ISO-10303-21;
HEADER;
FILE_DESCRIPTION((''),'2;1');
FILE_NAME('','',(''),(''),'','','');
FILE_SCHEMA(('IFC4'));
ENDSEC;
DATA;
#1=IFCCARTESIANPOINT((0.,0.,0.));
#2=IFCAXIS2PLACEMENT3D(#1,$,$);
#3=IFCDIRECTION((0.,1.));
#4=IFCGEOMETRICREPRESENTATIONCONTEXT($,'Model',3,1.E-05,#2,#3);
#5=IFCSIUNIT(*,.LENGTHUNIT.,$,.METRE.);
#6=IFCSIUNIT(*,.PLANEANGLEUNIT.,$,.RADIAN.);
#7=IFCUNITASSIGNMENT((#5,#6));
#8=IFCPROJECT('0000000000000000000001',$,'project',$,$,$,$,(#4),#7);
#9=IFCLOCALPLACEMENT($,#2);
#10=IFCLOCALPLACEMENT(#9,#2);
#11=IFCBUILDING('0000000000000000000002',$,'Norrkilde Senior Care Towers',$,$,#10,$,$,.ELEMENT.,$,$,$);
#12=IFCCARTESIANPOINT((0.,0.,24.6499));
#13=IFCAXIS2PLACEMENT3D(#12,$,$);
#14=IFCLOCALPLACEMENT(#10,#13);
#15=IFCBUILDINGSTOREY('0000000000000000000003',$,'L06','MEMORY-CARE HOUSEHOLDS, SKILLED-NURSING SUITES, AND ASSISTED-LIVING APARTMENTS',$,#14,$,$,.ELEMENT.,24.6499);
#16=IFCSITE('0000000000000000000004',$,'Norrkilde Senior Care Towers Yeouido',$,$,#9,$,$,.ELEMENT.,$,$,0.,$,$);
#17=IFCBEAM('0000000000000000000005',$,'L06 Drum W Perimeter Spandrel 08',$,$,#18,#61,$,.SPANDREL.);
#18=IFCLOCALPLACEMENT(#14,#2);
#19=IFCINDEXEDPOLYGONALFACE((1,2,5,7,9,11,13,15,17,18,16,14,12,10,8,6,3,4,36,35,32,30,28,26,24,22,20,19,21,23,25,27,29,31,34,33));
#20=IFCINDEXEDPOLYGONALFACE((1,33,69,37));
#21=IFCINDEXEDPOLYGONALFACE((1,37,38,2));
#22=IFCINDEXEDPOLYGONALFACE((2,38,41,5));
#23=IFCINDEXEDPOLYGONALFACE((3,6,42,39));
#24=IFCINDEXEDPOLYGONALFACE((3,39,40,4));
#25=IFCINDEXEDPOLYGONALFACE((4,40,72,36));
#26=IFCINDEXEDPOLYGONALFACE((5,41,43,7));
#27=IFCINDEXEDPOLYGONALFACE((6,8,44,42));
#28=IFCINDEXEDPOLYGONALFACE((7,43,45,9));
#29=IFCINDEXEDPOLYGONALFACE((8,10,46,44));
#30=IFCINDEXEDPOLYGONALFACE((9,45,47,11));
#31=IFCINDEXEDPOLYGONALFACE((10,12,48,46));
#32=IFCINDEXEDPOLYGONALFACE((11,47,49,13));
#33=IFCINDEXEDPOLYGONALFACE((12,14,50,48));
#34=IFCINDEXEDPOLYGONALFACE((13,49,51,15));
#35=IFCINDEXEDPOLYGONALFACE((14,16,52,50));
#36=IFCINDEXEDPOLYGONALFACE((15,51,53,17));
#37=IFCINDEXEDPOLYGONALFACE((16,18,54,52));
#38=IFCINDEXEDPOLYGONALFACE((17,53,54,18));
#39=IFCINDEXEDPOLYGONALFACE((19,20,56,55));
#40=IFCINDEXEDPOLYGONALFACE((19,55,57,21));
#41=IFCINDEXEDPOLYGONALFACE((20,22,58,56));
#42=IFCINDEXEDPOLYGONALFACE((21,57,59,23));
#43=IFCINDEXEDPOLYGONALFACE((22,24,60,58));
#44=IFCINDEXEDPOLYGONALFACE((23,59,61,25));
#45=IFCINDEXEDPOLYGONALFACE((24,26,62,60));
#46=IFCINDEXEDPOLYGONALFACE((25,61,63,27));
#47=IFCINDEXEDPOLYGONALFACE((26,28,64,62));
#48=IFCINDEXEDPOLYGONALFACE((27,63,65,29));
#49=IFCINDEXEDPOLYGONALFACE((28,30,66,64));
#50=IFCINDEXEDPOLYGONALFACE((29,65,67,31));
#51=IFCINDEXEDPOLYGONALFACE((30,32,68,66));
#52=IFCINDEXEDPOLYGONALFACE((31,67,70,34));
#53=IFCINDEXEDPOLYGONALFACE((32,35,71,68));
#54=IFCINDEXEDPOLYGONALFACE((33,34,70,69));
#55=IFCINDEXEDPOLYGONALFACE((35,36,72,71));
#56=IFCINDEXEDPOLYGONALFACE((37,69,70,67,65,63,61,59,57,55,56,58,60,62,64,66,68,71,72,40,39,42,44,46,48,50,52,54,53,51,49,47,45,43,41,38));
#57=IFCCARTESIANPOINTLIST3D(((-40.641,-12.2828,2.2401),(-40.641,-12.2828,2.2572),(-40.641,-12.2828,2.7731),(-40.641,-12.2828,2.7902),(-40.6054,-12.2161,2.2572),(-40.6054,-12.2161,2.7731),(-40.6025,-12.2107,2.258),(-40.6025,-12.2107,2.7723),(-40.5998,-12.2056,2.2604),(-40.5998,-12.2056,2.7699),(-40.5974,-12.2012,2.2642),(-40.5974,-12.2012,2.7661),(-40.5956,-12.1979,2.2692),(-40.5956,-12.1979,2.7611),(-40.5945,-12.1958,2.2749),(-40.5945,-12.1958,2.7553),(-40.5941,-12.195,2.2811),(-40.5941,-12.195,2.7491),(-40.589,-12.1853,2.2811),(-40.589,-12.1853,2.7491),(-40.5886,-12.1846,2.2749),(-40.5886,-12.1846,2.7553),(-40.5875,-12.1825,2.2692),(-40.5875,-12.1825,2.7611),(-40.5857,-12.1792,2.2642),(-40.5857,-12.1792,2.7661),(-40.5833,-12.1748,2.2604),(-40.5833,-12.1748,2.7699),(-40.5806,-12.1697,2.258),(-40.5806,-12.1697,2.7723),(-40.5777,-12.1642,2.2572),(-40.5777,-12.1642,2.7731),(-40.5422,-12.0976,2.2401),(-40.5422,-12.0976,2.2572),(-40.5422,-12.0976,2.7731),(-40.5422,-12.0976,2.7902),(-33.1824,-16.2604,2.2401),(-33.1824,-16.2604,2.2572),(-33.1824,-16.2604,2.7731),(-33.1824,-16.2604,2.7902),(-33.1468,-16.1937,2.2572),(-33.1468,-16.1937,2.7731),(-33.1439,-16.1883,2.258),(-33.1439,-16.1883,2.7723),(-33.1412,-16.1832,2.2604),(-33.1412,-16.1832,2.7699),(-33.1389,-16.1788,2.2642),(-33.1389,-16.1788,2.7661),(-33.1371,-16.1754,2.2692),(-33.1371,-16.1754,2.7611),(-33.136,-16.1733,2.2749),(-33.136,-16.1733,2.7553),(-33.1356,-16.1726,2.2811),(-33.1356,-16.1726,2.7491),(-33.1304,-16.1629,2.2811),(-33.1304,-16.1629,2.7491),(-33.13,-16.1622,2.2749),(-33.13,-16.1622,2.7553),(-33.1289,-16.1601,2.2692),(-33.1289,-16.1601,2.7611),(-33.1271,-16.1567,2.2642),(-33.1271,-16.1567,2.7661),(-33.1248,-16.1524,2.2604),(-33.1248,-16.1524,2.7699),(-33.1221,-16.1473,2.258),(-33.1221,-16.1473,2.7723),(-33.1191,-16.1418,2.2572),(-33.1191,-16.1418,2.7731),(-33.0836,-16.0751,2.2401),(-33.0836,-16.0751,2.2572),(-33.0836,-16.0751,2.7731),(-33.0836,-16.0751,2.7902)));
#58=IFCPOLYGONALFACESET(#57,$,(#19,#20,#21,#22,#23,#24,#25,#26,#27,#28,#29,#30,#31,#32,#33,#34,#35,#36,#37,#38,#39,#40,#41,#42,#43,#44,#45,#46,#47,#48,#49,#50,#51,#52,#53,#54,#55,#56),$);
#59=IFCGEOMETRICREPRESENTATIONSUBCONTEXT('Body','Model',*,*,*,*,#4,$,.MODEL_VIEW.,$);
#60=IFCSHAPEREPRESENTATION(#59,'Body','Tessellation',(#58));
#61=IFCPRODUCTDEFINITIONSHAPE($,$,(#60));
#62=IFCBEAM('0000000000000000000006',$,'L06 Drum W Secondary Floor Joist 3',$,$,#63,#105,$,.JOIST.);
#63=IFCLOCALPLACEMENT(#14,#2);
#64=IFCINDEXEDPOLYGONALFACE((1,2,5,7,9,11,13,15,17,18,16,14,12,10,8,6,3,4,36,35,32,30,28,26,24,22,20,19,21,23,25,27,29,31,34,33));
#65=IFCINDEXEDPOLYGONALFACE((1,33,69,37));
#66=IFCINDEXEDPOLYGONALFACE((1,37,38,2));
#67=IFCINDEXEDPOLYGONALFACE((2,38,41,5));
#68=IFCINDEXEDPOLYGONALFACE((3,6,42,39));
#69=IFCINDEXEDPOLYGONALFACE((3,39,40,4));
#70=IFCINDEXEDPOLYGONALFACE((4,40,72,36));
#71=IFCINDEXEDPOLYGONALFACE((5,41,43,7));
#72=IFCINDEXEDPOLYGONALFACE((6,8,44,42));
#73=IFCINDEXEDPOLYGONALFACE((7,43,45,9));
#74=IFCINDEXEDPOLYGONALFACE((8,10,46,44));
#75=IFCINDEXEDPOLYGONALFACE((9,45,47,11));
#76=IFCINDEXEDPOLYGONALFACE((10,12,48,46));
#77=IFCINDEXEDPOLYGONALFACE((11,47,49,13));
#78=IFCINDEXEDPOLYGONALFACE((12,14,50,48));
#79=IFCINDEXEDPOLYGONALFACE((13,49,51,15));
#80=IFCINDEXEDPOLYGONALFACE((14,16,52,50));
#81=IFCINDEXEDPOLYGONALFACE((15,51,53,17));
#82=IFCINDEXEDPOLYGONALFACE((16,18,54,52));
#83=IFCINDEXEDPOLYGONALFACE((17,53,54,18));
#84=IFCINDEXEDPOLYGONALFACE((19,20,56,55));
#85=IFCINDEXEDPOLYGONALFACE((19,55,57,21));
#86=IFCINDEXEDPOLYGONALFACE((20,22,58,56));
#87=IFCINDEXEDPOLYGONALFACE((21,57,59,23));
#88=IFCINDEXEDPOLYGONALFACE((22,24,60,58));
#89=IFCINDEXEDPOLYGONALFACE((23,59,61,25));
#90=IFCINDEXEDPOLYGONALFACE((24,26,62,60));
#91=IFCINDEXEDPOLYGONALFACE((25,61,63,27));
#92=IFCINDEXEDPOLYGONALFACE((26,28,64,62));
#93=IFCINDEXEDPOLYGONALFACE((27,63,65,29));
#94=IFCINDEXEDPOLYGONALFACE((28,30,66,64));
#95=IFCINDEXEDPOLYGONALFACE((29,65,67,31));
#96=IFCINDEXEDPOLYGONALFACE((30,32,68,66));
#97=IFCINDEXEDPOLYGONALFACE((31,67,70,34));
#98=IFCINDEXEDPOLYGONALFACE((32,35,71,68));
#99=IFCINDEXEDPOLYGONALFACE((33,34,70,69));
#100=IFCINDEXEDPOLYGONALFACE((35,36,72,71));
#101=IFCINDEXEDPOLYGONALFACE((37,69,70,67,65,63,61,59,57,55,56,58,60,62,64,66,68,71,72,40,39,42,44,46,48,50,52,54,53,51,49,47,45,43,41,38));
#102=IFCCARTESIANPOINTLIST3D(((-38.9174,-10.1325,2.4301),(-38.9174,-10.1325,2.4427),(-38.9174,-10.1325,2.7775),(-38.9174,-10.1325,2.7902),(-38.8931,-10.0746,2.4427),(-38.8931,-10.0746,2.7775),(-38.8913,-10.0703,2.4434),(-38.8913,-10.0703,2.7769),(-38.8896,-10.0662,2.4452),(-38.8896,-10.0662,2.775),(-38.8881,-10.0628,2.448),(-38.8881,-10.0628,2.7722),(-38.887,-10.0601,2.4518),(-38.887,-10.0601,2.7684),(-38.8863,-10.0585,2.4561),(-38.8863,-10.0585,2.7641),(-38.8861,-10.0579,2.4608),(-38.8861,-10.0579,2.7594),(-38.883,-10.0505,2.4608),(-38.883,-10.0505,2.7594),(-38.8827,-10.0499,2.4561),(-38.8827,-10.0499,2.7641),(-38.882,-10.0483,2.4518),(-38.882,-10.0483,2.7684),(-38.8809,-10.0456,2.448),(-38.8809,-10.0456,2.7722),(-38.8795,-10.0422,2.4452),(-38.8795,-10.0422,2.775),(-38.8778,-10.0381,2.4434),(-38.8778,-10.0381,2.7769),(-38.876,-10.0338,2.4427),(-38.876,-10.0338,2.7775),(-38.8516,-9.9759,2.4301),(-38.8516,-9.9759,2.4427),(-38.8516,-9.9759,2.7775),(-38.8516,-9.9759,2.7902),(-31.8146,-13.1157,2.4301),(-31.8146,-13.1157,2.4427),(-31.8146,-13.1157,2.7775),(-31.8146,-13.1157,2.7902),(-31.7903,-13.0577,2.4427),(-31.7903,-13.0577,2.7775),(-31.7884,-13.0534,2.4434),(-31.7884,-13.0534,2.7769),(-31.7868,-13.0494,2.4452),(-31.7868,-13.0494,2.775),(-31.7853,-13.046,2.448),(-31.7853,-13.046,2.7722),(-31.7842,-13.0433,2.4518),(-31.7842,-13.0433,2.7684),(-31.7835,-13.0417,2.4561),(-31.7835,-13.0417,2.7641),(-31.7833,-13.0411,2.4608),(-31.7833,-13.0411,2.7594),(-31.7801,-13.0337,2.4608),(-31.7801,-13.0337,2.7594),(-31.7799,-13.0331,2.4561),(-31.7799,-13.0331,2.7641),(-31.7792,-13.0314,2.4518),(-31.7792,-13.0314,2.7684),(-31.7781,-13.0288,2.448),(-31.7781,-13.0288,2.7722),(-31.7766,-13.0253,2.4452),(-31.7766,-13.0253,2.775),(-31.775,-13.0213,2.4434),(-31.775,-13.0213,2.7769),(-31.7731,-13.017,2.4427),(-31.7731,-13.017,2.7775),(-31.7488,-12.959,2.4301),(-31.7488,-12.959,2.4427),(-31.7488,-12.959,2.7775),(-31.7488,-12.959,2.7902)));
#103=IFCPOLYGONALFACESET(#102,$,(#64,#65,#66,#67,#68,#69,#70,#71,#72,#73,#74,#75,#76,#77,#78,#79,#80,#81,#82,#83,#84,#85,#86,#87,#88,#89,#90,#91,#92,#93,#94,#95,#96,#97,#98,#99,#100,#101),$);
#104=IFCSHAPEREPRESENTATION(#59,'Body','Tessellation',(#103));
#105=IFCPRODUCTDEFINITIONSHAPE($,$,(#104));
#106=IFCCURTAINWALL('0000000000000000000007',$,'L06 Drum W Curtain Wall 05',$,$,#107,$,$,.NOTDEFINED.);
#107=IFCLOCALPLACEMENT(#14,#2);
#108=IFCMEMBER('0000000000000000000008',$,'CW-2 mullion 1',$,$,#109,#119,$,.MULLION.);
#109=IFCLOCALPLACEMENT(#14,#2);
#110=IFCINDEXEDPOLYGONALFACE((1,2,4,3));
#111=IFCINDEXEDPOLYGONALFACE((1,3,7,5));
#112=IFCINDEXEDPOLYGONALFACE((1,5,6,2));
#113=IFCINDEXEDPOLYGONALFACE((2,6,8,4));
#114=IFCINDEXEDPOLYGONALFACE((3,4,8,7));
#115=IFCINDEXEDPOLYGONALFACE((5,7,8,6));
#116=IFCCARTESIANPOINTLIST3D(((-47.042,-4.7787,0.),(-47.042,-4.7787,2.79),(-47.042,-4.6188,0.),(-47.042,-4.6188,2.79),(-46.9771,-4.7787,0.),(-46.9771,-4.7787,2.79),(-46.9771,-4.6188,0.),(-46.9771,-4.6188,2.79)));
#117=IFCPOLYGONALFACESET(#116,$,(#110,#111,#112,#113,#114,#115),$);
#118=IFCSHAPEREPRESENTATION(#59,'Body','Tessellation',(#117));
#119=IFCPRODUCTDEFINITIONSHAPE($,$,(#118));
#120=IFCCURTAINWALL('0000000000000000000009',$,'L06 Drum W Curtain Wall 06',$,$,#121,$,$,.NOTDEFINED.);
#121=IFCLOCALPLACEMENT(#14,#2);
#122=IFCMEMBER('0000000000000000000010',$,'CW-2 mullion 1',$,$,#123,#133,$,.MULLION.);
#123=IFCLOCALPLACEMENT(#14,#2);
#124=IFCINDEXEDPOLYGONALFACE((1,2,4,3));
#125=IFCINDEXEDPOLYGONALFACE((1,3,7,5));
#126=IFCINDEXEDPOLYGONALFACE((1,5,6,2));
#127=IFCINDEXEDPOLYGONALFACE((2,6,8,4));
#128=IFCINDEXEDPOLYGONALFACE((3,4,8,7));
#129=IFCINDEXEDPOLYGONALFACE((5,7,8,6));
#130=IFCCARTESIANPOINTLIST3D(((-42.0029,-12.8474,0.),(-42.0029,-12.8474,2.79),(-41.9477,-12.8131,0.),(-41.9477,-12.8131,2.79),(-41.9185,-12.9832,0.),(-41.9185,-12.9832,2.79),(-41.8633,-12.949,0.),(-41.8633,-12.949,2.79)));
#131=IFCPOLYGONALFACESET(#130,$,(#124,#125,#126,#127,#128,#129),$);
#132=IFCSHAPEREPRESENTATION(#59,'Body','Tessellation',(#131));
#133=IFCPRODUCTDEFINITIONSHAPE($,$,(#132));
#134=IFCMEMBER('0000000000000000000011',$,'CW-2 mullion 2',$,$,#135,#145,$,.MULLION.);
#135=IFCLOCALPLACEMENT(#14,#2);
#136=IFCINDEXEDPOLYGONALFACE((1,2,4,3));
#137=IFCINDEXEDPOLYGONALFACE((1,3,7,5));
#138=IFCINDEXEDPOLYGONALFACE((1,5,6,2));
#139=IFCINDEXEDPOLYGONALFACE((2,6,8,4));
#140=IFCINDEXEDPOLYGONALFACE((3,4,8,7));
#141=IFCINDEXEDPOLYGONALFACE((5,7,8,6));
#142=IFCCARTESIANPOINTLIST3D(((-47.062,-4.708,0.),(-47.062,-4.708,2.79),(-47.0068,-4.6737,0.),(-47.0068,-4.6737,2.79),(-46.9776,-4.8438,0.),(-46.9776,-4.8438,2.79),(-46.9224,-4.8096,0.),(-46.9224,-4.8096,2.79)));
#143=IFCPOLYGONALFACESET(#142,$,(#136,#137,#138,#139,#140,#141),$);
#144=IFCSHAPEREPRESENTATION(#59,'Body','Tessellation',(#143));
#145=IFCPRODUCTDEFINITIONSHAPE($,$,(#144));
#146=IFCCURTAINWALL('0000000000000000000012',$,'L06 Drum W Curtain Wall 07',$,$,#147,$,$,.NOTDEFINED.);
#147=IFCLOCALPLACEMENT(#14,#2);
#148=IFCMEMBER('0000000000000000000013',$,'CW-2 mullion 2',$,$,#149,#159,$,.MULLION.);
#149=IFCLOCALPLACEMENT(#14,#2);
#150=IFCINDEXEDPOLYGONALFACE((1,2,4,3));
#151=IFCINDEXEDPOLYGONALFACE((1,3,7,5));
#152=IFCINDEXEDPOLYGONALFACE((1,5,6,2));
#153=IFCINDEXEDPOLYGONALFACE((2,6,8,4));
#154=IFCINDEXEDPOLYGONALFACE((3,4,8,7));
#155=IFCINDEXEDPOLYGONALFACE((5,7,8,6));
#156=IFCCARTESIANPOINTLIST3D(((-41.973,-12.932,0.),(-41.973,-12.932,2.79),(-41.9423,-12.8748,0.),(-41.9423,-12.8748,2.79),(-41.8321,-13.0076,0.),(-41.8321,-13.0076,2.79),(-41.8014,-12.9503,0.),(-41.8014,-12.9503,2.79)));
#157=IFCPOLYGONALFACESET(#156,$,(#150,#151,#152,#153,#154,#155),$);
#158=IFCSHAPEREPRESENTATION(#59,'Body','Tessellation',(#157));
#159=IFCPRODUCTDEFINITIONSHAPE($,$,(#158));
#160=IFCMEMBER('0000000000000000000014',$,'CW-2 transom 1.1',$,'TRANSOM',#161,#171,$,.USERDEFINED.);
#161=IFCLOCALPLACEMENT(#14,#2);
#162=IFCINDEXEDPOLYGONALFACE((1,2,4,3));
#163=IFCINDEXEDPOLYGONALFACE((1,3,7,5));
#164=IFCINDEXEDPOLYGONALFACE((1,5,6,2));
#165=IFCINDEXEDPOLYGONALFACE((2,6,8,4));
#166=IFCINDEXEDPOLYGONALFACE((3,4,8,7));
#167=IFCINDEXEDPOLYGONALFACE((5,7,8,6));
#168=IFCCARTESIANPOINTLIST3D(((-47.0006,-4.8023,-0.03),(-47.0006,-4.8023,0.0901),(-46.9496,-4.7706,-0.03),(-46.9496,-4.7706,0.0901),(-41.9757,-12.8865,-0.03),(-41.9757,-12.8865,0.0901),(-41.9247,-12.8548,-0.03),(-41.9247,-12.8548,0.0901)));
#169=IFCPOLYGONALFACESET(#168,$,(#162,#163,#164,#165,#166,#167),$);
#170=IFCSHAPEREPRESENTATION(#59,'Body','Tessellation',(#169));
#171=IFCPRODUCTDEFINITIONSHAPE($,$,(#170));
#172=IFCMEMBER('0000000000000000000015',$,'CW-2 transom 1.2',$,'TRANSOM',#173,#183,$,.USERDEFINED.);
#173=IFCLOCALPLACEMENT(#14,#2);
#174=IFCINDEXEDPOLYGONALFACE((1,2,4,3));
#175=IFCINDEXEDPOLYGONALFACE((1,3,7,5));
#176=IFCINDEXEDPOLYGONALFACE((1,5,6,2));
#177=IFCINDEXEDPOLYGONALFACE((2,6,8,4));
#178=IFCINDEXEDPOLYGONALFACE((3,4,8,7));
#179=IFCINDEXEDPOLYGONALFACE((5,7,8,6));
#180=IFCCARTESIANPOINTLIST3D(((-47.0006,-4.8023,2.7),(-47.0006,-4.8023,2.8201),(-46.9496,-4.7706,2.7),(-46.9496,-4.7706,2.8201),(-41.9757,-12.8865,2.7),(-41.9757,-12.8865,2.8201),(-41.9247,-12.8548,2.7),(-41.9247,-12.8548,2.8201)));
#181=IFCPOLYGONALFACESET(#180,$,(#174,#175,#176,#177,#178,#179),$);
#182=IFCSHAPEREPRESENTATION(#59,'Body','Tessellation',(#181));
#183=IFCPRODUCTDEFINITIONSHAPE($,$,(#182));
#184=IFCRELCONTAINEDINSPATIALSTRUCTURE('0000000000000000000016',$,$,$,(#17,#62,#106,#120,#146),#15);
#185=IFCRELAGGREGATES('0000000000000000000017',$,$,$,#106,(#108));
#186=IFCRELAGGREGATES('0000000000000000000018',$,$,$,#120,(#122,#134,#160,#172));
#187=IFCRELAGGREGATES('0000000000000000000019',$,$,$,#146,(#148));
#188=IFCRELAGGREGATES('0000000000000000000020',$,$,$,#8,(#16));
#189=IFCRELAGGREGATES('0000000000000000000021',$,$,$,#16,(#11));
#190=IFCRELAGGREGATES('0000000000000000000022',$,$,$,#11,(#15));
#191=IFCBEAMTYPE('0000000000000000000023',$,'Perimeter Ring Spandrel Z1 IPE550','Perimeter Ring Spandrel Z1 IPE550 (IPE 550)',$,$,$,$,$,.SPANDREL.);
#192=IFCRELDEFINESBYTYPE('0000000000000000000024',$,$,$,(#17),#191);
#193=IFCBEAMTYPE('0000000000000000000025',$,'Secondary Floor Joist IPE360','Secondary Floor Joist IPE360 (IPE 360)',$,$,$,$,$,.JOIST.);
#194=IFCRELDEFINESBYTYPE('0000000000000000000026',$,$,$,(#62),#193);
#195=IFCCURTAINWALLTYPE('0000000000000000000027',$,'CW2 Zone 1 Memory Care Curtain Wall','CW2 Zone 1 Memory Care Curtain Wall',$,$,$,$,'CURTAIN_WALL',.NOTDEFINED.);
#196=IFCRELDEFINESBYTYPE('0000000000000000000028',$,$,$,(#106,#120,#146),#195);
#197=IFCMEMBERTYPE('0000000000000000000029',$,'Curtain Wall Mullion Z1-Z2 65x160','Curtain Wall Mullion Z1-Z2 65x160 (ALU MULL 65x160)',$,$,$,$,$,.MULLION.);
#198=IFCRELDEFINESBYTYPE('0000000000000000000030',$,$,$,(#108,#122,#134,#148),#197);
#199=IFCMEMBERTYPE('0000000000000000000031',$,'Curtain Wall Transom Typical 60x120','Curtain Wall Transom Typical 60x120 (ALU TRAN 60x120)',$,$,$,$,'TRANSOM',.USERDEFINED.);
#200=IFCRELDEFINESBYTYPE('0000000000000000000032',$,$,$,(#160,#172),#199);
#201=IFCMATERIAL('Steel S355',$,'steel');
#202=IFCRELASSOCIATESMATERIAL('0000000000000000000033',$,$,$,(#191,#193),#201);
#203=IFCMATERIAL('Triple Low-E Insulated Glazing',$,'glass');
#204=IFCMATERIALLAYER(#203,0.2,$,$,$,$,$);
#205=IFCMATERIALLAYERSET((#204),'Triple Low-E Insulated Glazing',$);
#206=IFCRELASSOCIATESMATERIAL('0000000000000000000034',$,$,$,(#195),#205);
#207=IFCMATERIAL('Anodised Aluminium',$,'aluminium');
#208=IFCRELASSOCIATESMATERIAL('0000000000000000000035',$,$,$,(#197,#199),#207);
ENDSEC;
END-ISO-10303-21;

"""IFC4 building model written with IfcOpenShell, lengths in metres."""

from ifc_helpers import new_model, si_unit, direction, frame, origin, origin_2d, place, context, subcontext, project, spatial, rectangle, i_section, extrude, source, transform, mapped, material, layer, layer_set, material_profile, profile_set, type_object, type_shapes, element, aggregate, save


model = new_model("IFC4")

# Units and contexts
model_context = context("Model", 3, precision=1e-05, world=origin(), true_north=direction((0.0, 1.0)))
body_context = subcontext(model_context, "Body", "Model", "MODEL_VIEW")
ifc_project = project(units=[si_unit("LENGTHUNIT", "METRE"), si_unit("PLANEANGLEUNIT", "RADIAN")], contexts=[model_context])

# Site, building, storey
site_placement = place(None, origin())
site = spatial("IfcSite", under=ifc_project, at=site_placement, Name="Norrkilde Senior Care Towers Yeouido", CompositionType="ELEMENT", RefElevation=0.0)
building_placement = place(site_placement, origin())
building = spatial("IfcBuilding", under=site, at=building_placement, Name="Norrkilde Senior Care Towers", CompositionType="ELEMENT")
storey_placement = place(building_placement, frame((0.0, 0.0, 24.6499)))
storey = spatial("IfcBuildingStorey", under=building, at=storey_placement, Name="L06", Description="MEMORY-CARE HOUSEHOLDS, SKILLED-NURSING SUITES, AND ASSISTED-LIVING APARTMENTS", CompositionType="ELEMENT", Elevation=24.6499)

# Beams
ifc_material_1 = material(Name="Steel S355", Category="steel")
ifc_material_profile_1 = material_profile(ifc_material_1, i_section(OverallWidth=0.21, OverallDepth=0.55, WebThickness=0.011, FlangeThickness=0.0171, FilletRadius=0.0239, at=origin_2d()), Name="IPE 550")
ifc_profile_set_1 = profile_set([ifc_material_profile_1], Name="Steel S355")
beam_type_1 = type_object("IfcBeamType", Name="Perimeter Ring Spandrel Z1 IPE550", Description="Perimeter Ring Spandrel Z1 IPE550 (IPE 550)", PredefinedType="SPANDREL", material=ifc_profile_set_1)
shared_shape_1 = source(origin(), body_context, "Body", "SweptSolid", [
    extrude(i_section(OverallWidth=0.21, OverallDepth=0.55, WebThickness=0.011, FlangeThickness=0.0171, FilletRadius=0.0239, at=origin_2d()), origin(), (0.0, 0.0, 1.0), 8.4529),
])
beam_1_placement = place(storey_placement, frame((-40.5916, -12.1902, 2.5151), z_axis=(0.882369, -0.470558, 0.0), x_axis=(0.470558, 0.882369, 0.0)))
element("IfcBeam", 1, at=beam_1_placement, inside=storey, type_object=beam_type_1, Name="L06 Drum W Perimeter Spandrel 08", PredefinedType="SPANDREL", context=body_context, shape_type="MappedRepresentation", body=[
    mapped(shared_shape_1, transform((0.0, 0.0, 0.0), x_axis=(1.0, 0.0, 0.0), y_axis=(0.0, 1.0, 0.0), z_axis=(0.0, 0.0, 1.0), scale=1.0)),
])
ifc_material_profile_2 = material_profile(ifc_material_1, i_section(OverallWidth=0.1699, OverallDepth=0.3601, WebThickness=0.0081, FlangeThickness=0.0127, FilletRadius=0.0181, at=origin_2d()), Name="IPE 360")
ifc_profile_set_2 = profile_set([ifc_material_profile_2], Name="Steel S355")
beam_type_2 = type_object("IfcBeamType", Name="Secondary Floor Joist IPE360", Description="Secondary Floor Joist IPE360 (IPE 360)", PredefinedType="JOIST", material=ifc_profile_set_2)
shared_shape_2 = source(origin(), body_context, "Body", "SweptSolid", [
    extrude(i_section(OverallWidth=0.1699, OverallDepth=0.3601, WebThickness=0.0081, FlangeThickness=0.0127, FilletRadius=0.0181, at=origin_2d()), origin(), (0.0, 0.0, 1.0), 7.7039),
])
type_shapes(beam_type_2, [shared_shape_2])
beam_2_placement = place(storey_placement, frame((-38.8845, -10.0542, 2.6101), z_axis=(0.921983, -0.387231, 0.0), x_axis=(0.387231, 0.921983, 0.0)))
element("IfcBeam", 2, at=beam_2_placement, inside=storey, type_object=beam_type_2, Name="L06 Drum W Secondary Floor Joist 3", PredefinedType="JOIST", context=body_context, shape_type="MappedRepresentation", body=[
    mapped(shared_shape_2, transform((0.0, 0.0, 0.0), x_axis=(1.0, 0.0, 0.0), y_axis=(0.0, 1.0, 0.0), z_axis=(0.0, 0.0, 1.0), scale=1.0)),
])

# Curtain wall, member
ifc_material_2 = material(Name="Triple Low-E Insulated Glazing", Category="glass")
ifc_layer_1 = layer(ifc_material_2, 0.2)
ifc_layer_set_1 = layer_set([ifc_layer_1], Name="Triple Low-E Insulated Glazing")
curtain_wall_type = type_object("IfcCurtainWallType", Name="CW2 Zone 1 Memory Care Curtain Wall", Description="CW2 Zone 1 Memory Care Curtain Wall", ElementType="CURTAIN_WALL", PredefinedType="NOTDEFINED", material=ifc_layer_set_1)
curtain_wall_1_placement = place(storey_placement, origin())
curtain_wall_1 = element("IfcCurtainWall", 3, at=curtain_wall_1_placement, inside=storey, type_object=curtain_wall_type, Name="L06 Drum W Curtain Wall 05", PredefinedType="NOTDEFINED")
ifc_material_3 = material(Name="Anodised Aluminium", Category="aluminium")
ifc_material_profile_3 = material_profile(ifc_material_3, rectangle(XDim=0.0649, YDim=0.1599, at=origin_2d()), Name="ALU MULL 65x160")
ifc_profile_set_3 = profile_set([ifc_material_profile_3], Name="Anodised Aluminium")
member_type_1 = type_object("IfcMemberType", Name="Curtain Wall Mullion Z1-Z2 65x160", Description="Curtain Wall Mullion Z1-Z2 65x160 (ALU MULL 65x160)", PredefinedType="MULLION", material=ifc_profile_set_3)
shared_shape_3 = source(origin(), body_context, "Body", "SweptSolid", [
    extrude(rectangle(XDim=0.0649, YDim=0.1599, at=origin_2d()), origin(), (0.0, 0.0, 1.0), 2.79),
])
type_shapes(member_type_1, [shared_shape_3])
member_1_placement = place(storey_placement, frame((-47.0095, -4.6987, 0.0), z_axis=(0.0, 0.0, 1.0), x_axis=(-1.0, 0.0, 0.0)))
member_1 = element("IfcMember", 4, at=member_1_placement, type_object=member_type_1, Name="CW-2 mullion 1", PredefinedType="MULLION", context=body_context, shape_type="MappedRepresentation", body=[
    mapped(shared_shape_3, transform((0.0, 0.0, 0.0), x_axis=(1.0, 0.0, 0.0), y_axis=(0.0, 1.0, 0.0), z_axis=(0.0, 0.0, 1.0), scale=1.0)),
])

# Curtain wall, members
curtain_wall_2_placement = place(storey_placement, origin())
curtain_wall_2 = element("IfcCurtainWall", 5, at=curtain_wall_2_placement, inside=storey, type_object=curtain_wall_type, Name="L06 Drum W Curtain Wall 06", PredefinedType="NOTDEFINED")
member_2_placement = place(storey_placement, frame((-41.9331, -12.8982, 0.0), z_axis=(0.0, 0.0, 1.0), x_axis=(-0.849306, -0.527901, 0.0)))
member_2 = element("IfcMember", 6, at=member_2_placement, type_object=member_type_1, Name="CW-2 mullion 1", PredefinedType="MULLION", context=body_context, shape_type="MappedRepresentation", body=[
    mapped(shared_shape_3, transform((0.0, 0.0, 0.0), x_axis=(1.0, 0.0, 0.0), y_axis=(0.0, 1.0, 0.0), z_axis=(0.0, 0.0, 1.0), scale=1.0)),
])
member_3_placement = place(storey_placement, frame((-46.9922, -4.7588, 0.0), z_axis=(0.0, 0.0, 1.0), x_axis=(-0.849306, -0.527901, 0.0)))
member_3 = element("IfcMember", 7, at=member_3_placement, type_object=member_type_1, Name="CW-2 mullion 2", PredefinedType="MULLION", context=body_context, shape_type="MappedRepresentation", body=[
    mapped(shared_shape_3, transform((0.0, 0.0, 0.0), x_axis=(1.0, 0.0, 0.0), y_axis=(0.0, 1.0, 0.0), z_axis=(0.0, 0.0, 1.0), scale=1.0)),
])

# Curtain wall, member
curtain_wall_3_placement = place(storey_placement, origin())
curtain_wall_3 = element("IfcCurtainWall", 8, at=curtain_wall_3_placement, inside=storey, type_object=curtain_wall_type, Name="L06 Drum W Curtain Wall 07", PredefinedType="NOTDEFINED")
member_4_placement = place(storey_placement, frame((-41.8872, -12.9412, 0.0), z_axis=(0.0, 0.0, 1.0), x_axis=(-0.472608, -0.881273, 0.0)))
member_4 = element("IfcMember", 9, at=member_4_placement, type_object=member_type_1, Name="CW-2 mullion 2", PredefinedType="MULLION", context=body_context, shape_type="MappedRepresentation", body=[
    mapped(shared_shape_3, transform((0.0, 0.0, 0.0), x_axis=(1.0, 0.0, 0.0), y_axis=(0.0, 1.0, 0.0), z_axis=(0.0, 0.0, 1.0), scale=1.0)),
])

# Members
ifc_material_profile_4 = material_profile(ifc_material_3, rectangle(XDim=0.0601, YDim=0.1201, at=origin_2d()), Name="ALU TRAN 60x120")
ifc_profile_set_4 = profile_set([ifc_material_profile_4], Name="Anodised Aluminium")
member_type_2 = type_object("IfcMemberType", Name="Curtain Wall Transom Typical 60x120", Description="Curtain Wall Transom Typical 60x120 (ALU TRAN 60x120)", ElementType="TRANSOM", PredefinedType="USERDEFINED", material=ifc_profile_set_4)
shared_shape_4 = source(origin(), body_context, "Body", "SweptSolid", [
    extrude(rectangle(XDim=0.0601, YDim=0.1201, at=origin_2d()), origin(), (0.0, 0.0, 1.0), 9.5186),
])
member_5_placement = place(storey_placement, frame((-41.9502, -12.8706, 0.03), z_axis=(-0.527902, 0.849306, 0.0), x_axis=(-0.849306, -0.527902, 0.0)))
member_5 = element("IfcMember", 10, at=member_5_placement, type_object=member_type_2, Name="CW-2 transom 1.1", ObjectType="TRANSOM", PredefinedType="USERDEFINED", context=body_context, shape_type="MappedRepresentation", body=[
    mapped(shared_shape_4, transform((0.0, 0.0, 0.0), x_axis=(1.0, 0.0, 0.0), y_axis=(0.0, 1.0, 0.0), z_axis=(0.0, 0.0, 1.0), scale=1.0)),
])
member_6_placement = place(storey_placement, frame((-41.9502, -12.8706, 2.76), z_axis=(-0.527902, 0.849306, 0.0), x_axis=(-0.849306, -0.527902, 0.0)))
member_6 = element("IfcMember", 11, at=member_6_placement, type_object=member_type_2, Name="CW-2 transom 1.2", ObjectType="TRANSOM", PredefinedType="USERDEFINED", context=body_context, shape_type="MappedRepresentation", body=[
    mapped(shared_shape_4, transform((0.0, 0.0, 0.0), x_axis=(1.0, 0.0, 0.0), y_axis=(0.0, 1.0, 0.0), z_axis=(0.0, 0.0, 1.0), scale=1.0)),
])
aggregate(curtain_wall_1, [member_1])

aggregate(curtain_wall_2, [member_2, member_3, member_5, member_6])
aggregate(curtain_wall_3, [member_4])

save(model, "model.ifc")
